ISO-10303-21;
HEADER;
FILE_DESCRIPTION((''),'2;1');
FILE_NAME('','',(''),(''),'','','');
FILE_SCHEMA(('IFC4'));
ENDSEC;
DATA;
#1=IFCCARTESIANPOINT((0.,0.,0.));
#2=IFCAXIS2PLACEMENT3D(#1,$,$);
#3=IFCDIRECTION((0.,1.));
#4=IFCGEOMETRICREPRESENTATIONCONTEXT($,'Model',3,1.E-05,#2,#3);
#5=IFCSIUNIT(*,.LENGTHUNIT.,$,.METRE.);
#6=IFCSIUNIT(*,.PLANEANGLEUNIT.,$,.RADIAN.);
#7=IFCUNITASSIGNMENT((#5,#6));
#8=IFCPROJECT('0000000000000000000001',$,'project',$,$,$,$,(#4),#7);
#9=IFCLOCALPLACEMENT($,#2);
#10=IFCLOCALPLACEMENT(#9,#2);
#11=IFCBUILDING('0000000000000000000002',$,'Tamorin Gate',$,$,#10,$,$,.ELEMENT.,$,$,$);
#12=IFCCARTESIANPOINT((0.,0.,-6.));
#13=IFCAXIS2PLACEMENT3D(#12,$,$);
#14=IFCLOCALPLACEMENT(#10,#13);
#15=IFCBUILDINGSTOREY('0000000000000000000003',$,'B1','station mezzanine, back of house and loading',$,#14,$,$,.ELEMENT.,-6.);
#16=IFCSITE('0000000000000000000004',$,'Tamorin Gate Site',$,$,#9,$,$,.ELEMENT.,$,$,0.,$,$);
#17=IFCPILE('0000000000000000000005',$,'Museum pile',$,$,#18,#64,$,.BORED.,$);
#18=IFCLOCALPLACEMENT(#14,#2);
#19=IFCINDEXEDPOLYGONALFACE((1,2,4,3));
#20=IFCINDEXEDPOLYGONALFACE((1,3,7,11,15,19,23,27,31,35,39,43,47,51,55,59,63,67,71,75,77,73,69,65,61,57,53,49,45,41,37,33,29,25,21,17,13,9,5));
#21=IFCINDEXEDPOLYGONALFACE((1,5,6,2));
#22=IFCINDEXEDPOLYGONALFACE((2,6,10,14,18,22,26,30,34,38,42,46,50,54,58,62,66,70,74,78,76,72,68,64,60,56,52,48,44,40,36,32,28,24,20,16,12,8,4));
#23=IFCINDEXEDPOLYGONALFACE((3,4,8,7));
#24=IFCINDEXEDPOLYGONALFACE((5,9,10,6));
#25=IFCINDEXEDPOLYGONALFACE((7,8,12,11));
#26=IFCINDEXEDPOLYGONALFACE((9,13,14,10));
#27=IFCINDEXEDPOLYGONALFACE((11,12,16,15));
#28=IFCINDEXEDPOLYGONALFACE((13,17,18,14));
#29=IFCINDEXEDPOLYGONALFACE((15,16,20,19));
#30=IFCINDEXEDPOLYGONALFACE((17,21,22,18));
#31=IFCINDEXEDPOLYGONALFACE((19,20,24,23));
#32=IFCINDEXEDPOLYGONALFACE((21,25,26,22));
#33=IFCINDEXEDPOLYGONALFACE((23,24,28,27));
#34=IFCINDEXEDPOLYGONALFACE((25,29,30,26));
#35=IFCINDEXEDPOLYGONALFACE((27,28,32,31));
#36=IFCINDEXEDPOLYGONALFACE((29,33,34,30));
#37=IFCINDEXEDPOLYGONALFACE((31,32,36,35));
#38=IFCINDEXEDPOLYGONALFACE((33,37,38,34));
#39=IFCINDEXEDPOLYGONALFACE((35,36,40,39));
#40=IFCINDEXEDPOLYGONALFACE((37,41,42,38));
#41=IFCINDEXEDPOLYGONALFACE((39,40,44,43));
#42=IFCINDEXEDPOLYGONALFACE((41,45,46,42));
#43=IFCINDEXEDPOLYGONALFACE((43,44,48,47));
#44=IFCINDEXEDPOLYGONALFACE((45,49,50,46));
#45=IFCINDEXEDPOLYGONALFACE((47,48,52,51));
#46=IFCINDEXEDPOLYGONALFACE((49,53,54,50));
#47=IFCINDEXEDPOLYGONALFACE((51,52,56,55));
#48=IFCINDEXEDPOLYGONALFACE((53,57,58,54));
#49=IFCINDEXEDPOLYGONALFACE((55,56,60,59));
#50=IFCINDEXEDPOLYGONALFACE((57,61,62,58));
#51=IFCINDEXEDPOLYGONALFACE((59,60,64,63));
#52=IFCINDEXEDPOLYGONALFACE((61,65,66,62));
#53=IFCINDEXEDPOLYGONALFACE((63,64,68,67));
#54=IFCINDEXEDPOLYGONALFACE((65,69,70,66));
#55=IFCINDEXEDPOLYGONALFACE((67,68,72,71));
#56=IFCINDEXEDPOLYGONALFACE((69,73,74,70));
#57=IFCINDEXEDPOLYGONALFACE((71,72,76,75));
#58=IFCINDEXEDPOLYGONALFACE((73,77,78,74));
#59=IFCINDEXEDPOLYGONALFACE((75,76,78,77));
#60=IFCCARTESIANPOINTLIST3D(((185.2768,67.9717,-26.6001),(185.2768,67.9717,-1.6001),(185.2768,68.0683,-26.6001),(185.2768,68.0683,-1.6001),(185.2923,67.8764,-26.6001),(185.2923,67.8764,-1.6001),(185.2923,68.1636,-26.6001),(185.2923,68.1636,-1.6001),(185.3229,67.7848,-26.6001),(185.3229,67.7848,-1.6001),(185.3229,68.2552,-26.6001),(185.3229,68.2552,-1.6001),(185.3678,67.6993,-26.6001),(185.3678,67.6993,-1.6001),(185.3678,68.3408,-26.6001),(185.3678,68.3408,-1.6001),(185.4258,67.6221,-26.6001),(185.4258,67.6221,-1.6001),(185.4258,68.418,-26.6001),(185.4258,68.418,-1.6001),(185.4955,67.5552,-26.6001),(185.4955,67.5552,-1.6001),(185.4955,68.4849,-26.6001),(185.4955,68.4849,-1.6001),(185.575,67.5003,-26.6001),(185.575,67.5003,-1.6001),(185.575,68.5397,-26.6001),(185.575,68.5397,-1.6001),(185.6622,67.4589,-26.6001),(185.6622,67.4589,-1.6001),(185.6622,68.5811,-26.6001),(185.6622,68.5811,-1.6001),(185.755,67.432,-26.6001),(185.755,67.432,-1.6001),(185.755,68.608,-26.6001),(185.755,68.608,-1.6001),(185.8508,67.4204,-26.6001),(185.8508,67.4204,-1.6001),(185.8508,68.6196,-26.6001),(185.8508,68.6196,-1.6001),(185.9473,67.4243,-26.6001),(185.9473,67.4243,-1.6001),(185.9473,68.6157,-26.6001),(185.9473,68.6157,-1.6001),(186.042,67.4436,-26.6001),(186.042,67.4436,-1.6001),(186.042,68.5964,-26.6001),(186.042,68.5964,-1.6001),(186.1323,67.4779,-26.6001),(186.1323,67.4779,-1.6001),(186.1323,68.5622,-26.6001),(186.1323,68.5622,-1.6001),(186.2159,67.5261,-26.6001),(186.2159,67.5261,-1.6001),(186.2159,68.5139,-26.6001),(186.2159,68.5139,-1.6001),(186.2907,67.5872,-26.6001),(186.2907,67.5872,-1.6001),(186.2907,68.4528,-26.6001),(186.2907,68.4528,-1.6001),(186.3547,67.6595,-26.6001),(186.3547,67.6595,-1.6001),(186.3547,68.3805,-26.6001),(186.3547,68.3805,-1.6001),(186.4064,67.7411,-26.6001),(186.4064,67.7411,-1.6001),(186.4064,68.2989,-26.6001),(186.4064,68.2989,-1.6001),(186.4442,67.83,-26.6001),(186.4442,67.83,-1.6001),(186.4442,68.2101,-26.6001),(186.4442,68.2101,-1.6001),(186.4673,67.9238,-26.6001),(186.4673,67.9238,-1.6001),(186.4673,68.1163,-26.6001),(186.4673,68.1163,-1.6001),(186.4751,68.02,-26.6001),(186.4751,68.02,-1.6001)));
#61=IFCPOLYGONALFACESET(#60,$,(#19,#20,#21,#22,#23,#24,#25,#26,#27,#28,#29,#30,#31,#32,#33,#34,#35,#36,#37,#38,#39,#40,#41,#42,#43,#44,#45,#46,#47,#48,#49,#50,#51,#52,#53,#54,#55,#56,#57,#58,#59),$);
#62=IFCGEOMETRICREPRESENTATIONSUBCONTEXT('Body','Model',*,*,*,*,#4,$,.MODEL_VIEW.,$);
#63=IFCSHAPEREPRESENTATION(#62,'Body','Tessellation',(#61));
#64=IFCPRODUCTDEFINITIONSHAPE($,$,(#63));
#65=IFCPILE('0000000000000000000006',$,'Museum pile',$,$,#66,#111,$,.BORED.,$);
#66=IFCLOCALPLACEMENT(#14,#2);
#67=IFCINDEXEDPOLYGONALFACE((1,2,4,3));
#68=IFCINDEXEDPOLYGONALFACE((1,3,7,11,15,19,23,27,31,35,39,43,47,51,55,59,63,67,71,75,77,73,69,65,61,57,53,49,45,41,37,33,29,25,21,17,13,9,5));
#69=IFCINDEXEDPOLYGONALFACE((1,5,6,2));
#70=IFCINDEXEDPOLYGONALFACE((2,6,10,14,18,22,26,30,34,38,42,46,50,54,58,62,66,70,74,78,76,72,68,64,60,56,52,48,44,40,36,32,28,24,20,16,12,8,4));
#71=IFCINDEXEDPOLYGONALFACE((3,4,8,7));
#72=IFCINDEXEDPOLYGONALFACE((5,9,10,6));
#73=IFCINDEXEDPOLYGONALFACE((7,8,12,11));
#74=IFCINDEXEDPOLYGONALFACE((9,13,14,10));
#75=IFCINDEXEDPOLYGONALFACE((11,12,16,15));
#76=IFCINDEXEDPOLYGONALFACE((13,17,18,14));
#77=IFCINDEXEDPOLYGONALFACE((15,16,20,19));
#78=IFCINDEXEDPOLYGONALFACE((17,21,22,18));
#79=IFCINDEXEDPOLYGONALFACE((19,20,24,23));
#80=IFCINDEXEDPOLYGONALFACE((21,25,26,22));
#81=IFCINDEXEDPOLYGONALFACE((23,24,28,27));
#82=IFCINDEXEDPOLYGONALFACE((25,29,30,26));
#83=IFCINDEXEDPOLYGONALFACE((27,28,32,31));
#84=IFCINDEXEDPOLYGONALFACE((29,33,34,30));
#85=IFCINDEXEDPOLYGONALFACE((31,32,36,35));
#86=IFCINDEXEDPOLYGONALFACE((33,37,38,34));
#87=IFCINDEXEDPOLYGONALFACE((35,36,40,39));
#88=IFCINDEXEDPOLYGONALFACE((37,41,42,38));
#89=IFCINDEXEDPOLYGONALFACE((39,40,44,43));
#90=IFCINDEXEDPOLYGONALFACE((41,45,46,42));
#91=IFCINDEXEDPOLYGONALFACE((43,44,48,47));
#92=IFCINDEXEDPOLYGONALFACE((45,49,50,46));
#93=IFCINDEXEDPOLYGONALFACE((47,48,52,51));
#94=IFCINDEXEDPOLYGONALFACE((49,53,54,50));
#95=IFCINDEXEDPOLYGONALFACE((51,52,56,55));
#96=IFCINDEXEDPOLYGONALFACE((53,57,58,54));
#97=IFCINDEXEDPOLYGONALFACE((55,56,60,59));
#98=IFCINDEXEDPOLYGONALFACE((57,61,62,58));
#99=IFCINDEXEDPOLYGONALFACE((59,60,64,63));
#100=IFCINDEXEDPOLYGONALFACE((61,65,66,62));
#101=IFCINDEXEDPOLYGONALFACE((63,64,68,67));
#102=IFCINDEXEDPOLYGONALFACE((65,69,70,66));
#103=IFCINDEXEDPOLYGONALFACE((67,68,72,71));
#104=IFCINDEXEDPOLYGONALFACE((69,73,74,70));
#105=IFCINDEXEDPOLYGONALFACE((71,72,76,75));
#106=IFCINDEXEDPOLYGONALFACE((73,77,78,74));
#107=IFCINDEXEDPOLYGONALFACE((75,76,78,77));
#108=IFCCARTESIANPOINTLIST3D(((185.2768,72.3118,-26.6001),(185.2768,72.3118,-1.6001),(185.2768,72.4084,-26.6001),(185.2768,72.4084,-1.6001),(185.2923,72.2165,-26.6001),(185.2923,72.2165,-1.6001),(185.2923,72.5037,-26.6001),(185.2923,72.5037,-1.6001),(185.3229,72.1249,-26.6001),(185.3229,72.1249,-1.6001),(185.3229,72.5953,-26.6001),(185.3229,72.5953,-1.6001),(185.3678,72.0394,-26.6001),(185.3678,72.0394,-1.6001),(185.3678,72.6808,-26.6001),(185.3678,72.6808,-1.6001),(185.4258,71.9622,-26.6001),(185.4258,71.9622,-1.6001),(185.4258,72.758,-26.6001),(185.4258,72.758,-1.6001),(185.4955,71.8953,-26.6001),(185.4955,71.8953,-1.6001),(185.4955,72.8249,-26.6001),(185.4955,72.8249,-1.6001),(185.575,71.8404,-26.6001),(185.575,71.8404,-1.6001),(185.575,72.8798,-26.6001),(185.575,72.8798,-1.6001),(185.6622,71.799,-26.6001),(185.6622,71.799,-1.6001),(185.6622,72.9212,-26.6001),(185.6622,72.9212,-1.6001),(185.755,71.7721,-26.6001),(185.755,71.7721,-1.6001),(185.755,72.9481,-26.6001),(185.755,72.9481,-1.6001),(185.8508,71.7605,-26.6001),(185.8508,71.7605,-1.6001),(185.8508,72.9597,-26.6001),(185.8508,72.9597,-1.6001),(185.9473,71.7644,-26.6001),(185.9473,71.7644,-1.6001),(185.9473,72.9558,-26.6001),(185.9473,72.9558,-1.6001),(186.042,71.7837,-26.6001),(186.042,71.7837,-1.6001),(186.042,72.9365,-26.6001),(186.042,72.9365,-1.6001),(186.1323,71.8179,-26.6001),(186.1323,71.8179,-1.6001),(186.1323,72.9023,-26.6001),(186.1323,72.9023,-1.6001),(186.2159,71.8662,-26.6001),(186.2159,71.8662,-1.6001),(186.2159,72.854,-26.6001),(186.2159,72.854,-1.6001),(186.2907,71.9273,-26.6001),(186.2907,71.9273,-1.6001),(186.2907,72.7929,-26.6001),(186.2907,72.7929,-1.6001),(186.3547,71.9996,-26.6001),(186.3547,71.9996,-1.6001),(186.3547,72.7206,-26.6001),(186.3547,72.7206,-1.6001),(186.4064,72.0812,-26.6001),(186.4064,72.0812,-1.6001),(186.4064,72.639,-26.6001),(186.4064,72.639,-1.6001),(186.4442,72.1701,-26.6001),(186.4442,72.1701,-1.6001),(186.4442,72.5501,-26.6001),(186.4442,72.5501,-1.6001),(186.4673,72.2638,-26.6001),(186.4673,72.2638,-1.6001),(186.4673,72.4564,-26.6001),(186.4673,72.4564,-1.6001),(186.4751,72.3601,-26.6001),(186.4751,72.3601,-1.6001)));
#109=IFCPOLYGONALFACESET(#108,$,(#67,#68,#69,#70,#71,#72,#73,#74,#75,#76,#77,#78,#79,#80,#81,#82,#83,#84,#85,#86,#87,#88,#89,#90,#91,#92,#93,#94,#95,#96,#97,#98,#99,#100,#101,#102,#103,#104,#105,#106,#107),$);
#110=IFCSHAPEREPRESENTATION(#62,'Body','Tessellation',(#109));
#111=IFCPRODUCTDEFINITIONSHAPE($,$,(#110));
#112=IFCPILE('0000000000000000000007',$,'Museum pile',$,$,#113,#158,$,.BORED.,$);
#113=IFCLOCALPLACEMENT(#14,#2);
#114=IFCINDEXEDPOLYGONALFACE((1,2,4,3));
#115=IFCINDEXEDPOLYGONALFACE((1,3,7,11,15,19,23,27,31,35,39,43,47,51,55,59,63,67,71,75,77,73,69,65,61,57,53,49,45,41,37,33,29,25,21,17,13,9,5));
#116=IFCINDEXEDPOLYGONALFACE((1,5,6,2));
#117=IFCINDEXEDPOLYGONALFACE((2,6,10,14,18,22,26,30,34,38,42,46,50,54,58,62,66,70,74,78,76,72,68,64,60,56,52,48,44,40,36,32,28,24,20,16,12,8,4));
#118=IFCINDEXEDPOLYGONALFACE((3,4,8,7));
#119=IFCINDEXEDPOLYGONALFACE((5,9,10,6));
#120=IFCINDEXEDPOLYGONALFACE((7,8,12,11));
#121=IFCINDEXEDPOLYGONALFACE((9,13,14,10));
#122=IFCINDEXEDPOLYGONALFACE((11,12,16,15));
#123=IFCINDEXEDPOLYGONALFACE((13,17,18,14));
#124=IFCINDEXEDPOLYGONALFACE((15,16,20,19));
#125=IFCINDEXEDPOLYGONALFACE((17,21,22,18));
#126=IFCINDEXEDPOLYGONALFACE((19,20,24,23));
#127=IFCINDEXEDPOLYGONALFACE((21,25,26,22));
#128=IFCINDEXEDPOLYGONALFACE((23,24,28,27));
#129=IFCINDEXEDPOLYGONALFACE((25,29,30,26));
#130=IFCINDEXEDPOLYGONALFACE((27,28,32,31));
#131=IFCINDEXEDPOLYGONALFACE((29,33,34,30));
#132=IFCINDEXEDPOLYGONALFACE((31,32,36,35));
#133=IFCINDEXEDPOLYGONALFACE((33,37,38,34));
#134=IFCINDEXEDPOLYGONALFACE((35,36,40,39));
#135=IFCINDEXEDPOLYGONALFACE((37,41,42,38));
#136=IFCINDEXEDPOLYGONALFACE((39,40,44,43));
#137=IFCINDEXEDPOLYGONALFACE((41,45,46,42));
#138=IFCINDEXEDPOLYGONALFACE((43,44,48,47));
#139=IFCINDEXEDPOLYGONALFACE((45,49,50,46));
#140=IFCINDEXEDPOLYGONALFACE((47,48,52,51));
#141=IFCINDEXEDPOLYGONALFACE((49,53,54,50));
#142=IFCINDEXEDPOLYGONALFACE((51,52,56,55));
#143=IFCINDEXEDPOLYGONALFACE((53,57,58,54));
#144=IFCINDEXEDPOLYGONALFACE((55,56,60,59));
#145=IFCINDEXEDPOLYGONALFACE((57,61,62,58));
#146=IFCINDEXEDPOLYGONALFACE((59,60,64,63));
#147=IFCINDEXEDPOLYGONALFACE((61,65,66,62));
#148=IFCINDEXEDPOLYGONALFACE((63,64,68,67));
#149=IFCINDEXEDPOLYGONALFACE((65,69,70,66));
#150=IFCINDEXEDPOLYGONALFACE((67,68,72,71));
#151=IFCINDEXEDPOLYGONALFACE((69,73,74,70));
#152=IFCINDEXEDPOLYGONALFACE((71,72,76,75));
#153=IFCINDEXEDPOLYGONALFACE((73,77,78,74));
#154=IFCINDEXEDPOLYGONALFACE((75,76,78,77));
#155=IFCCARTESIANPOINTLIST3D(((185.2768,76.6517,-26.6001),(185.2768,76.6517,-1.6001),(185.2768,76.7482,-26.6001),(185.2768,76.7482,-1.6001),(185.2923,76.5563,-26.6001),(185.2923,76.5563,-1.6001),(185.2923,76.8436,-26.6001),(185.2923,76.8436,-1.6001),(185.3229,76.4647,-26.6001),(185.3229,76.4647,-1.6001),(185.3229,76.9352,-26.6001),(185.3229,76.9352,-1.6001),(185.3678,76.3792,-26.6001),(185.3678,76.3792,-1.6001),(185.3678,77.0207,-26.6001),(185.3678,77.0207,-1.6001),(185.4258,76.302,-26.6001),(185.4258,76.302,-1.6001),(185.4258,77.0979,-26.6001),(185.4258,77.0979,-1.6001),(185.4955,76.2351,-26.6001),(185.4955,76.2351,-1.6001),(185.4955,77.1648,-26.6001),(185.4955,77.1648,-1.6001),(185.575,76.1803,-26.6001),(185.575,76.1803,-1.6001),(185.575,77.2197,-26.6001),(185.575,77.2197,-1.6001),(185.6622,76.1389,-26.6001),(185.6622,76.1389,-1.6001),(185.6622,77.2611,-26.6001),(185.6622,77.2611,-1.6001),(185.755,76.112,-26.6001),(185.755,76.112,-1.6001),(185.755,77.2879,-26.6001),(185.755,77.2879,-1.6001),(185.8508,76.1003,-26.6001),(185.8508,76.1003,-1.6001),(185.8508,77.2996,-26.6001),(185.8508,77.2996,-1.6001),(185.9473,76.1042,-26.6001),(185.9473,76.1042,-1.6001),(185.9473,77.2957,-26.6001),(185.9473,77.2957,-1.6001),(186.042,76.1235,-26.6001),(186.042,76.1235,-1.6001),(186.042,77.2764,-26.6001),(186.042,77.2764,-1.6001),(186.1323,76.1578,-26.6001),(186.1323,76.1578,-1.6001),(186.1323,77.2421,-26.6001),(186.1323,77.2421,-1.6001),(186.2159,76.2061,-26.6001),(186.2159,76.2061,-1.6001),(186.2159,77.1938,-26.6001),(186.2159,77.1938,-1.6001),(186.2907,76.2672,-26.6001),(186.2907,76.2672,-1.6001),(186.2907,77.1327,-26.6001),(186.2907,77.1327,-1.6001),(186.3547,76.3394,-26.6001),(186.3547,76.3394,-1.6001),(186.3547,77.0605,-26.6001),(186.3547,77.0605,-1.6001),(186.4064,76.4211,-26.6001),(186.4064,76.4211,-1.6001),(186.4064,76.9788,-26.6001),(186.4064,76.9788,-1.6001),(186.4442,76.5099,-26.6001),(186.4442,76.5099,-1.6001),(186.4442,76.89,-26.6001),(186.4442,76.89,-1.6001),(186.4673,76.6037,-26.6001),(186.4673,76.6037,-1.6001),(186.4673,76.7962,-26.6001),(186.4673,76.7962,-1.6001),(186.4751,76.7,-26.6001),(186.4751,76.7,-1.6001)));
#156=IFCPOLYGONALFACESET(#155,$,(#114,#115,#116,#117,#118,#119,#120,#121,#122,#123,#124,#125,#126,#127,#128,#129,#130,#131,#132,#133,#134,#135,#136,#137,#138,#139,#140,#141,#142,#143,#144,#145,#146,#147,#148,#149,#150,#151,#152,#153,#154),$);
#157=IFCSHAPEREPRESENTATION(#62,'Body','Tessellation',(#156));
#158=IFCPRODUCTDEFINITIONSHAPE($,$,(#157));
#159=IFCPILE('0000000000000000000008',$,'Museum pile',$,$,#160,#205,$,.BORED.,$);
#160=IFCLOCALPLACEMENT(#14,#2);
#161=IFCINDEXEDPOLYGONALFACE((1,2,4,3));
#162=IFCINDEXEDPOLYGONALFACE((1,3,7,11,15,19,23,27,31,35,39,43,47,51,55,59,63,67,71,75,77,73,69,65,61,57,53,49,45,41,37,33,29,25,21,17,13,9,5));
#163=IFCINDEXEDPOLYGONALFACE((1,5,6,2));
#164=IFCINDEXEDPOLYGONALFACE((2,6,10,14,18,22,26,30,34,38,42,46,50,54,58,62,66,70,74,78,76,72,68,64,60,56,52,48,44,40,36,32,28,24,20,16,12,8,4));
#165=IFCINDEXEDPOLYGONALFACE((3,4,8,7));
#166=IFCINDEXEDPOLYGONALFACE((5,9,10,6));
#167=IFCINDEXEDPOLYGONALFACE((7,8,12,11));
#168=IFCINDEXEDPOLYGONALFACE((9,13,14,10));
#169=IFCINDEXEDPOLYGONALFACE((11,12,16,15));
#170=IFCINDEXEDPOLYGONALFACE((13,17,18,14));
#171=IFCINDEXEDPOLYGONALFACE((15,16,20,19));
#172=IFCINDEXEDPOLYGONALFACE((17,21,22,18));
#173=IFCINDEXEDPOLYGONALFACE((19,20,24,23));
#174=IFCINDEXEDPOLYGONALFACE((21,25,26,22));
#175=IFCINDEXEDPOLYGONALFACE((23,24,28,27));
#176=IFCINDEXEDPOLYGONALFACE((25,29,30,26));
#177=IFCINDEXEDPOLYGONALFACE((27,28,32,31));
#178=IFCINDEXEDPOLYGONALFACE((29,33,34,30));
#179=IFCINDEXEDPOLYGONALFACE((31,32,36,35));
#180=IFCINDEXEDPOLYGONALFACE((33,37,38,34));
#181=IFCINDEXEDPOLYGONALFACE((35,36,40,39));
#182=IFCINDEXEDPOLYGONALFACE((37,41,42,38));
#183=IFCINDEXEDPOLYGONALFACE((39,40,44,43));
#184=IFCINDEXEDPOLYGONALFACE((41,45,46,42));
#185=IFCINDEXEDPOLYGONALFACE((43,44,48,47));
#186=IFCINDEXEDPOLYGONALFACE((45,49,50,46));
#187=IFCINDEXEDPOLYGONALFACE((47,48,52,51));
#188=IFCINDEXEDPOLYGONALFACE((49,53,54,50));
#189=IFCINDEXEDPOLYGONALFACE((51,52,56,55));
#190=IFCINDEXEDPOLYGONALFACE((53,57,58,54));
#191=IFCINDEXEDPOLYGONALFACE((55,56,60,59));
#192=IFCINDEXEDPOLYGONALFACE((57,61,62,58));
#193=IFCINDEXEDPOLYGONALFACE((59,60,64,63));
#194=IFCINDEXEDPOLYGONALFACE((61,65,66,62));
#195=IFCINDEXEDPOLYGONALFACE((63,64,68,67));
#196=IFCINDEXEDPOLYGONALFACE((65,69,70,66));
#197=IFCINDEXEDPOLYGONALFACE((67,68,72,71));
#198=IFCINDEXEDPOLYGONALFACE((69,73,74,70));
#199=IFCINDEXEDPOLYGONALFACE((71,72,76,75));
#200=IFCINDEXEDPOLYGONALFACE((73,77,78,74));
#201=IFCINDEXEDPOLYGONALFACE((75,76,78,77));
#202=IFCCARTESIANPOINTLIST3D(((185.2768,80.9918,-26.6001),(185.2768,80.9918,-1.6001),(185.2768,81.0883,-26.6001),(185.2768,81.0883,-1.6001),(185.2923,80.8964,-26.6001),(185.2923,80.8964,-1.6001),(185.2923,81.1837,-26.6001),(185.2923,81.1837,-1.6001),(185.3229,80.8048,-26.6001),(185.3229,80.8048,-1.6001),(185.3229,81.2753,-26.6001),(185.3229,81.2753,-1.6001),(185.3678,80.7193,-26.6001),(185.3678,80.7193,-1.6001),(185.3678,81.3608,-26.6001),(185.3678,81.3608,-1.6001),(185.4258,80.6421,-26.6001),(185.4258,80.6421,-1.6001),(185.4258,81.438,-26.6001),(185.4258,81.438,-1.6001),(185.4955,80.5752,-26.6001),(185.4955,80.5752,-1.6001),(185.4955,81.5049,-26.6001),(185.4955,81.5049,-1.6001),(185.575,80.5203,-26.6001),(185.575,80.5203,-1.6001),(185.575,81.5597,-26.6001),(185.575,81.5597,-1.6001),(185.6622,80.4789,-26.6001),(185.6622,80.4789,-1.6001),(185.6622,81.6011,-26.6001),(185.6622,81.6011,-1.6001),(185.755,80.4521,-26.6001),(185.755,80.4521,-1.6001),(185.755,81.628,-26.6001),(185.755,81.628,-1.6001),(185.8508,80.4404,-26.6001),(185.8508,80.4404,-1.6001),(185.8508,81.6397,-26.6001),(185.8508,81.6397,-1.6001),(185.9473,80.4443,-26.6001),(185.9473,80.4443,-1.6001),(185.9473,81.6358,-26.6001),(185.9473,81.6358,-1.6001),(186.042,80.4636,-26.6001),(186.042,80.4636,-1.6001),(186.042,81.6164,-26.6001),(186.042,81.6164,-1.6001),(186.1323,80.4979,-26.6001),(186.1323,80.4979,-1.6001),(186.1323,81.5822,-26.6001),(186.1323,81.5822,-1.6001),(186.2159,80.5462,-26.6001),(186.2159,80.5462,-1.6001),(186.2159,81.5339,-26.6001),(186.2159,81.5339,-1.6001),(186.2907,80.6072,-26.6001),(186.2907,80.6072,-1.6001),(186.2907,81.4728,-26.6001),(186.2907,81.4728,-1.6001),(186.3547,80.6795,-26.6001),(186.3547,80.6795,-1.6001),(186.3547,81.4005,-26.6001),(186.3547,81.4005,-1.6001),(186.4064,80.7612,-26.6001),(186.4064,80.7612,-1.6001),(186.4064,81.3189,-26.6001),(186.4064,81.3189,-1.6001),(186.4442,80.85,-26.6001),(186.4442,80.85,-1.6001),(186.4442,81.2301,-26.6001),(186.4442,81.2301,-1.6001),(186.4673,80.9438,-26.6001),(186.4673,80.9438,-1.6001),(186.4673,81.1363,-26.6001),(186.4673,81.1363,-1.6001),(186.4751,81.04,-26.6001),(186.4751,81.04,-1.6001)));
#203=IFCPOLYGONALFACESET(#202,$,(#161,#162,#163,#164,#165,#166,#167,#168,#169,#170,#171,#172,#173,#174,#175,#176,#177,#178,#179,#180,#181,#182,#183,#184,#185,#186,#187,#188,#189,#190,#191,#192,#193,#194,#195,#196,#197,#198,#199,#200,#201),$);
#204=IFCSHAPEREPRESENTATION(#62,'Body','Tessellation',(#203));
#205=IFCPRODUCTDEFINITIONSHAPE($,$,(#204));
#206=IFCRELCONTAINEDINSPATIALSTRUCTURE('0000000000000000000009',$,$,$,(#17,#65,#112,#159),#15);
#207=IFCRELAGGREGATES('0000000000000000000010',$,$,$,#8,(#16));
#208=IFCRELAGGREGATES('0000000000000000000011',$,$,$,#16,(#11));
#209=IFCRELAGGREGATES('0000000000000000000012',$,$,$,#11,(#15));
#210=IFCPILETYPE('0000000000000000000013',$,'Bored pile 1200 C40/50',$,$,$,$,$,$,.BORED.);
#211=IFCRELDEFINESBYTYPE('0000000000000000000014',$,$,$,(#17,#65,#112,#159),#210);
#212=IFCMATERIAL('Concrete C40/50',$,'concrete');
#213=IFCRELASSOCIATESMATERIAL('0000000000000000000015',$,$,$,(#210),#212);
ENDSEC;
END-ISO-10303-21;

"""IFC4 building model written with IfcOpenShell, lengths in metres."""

from ifc_helpers import new_model, si_unit, direction, frame, origin, origin_2d, place, context, subcontext, project, spatial, circle, extrude, material, material_profile, profile_set, type_object, element, save


model = new_model("IFC4")

# Units and contexts
model_context = context("Model", 3, precision=1e-05, world=origin(), true_north=direction((0.0, 1.0)))
body_context = subcontext(model_context, "Body", "Model", "MODEL_VIEW")
ifc_project = project(units=[si_unit("LENGTHUNIT", "METRE"), si_unit("PLANEANGLEUNIT", "RADIAN")], contexts=[model_context])

# Site, building, storey
site_placement = place(None, origin())
site = spatial("IfcSite", under=ifc_project, at=site_placement, Name="Tamorin Gate Site", CompositionType="ELEMENT", RefElevation=0.0)
building_placement = place(site_placement, origin())
building = spatial("IfcBuilding", under=site, at=building_placement, Name="Tamorin Gate", CompositionType="ELEMENT")
storey_placement = place(building_placement, frame((0.0, 0.0, -6.0)))
storey = spatial("IfcBuildingStorey", under=building, at=storey_placement, Name="B1", Description="station mezzanine, back of house and loading", CompositionType="ELEMENT", Elevation=-6.0)

# Piles
ifc_material_1 = material(Name="Concrete C40/50", Category="concrete")
ifc_material_profile_1 = material_profile(ifc_material_1, circle(Radius=0.6001, at=origin_2d()))
ifc_profile_set_1 = profile_set([ifc_material_profile_1], Name="Concrete C40/50")
pile_type = type_object("IfcPileType", Name="Bored pile 1200 C40/50", PredefinedType="BORED", material=ifc_profile_set_1)
for number, where, z_axis, x_axis, name in (
    (1, (185.875, 68.02, -1.6001), (0.0, 0.0, -1.0), (1.0, 0.0, 0.0), "Museum pile"),
    (2, (185.875, 72.3601, -1.6001), (0.0, 0.0, -1.0), (1.0, 0.0, 0.0), "Museum pile"),
    (3, (185.875, 76.7, -1.6001), (0.0, 0.0, -1.0), (1.0, 0.0, 0.0), "Museum pile"),
    (4, (185.875, 81.04, -1.6001), (0.0, 0.0, -1.0), (1.0, 0.0, 0.0), "Museum pile"),
):
    element("IfcPile", number, at=place(storey_placement, frame(where, z_axis=z_axis, x_axis=x_axis)), inside=storey, type_object=pile_type, Name=name, PredefinedType="BORED", context=body_context, shape_type="SweptSolid", body=[
        extrude(circle(Radius=0.6001, at=origin_2d()), origin(), (0.0, 0.0, 1.0), 25.0),
    ])

save(model, "model.ifc")
